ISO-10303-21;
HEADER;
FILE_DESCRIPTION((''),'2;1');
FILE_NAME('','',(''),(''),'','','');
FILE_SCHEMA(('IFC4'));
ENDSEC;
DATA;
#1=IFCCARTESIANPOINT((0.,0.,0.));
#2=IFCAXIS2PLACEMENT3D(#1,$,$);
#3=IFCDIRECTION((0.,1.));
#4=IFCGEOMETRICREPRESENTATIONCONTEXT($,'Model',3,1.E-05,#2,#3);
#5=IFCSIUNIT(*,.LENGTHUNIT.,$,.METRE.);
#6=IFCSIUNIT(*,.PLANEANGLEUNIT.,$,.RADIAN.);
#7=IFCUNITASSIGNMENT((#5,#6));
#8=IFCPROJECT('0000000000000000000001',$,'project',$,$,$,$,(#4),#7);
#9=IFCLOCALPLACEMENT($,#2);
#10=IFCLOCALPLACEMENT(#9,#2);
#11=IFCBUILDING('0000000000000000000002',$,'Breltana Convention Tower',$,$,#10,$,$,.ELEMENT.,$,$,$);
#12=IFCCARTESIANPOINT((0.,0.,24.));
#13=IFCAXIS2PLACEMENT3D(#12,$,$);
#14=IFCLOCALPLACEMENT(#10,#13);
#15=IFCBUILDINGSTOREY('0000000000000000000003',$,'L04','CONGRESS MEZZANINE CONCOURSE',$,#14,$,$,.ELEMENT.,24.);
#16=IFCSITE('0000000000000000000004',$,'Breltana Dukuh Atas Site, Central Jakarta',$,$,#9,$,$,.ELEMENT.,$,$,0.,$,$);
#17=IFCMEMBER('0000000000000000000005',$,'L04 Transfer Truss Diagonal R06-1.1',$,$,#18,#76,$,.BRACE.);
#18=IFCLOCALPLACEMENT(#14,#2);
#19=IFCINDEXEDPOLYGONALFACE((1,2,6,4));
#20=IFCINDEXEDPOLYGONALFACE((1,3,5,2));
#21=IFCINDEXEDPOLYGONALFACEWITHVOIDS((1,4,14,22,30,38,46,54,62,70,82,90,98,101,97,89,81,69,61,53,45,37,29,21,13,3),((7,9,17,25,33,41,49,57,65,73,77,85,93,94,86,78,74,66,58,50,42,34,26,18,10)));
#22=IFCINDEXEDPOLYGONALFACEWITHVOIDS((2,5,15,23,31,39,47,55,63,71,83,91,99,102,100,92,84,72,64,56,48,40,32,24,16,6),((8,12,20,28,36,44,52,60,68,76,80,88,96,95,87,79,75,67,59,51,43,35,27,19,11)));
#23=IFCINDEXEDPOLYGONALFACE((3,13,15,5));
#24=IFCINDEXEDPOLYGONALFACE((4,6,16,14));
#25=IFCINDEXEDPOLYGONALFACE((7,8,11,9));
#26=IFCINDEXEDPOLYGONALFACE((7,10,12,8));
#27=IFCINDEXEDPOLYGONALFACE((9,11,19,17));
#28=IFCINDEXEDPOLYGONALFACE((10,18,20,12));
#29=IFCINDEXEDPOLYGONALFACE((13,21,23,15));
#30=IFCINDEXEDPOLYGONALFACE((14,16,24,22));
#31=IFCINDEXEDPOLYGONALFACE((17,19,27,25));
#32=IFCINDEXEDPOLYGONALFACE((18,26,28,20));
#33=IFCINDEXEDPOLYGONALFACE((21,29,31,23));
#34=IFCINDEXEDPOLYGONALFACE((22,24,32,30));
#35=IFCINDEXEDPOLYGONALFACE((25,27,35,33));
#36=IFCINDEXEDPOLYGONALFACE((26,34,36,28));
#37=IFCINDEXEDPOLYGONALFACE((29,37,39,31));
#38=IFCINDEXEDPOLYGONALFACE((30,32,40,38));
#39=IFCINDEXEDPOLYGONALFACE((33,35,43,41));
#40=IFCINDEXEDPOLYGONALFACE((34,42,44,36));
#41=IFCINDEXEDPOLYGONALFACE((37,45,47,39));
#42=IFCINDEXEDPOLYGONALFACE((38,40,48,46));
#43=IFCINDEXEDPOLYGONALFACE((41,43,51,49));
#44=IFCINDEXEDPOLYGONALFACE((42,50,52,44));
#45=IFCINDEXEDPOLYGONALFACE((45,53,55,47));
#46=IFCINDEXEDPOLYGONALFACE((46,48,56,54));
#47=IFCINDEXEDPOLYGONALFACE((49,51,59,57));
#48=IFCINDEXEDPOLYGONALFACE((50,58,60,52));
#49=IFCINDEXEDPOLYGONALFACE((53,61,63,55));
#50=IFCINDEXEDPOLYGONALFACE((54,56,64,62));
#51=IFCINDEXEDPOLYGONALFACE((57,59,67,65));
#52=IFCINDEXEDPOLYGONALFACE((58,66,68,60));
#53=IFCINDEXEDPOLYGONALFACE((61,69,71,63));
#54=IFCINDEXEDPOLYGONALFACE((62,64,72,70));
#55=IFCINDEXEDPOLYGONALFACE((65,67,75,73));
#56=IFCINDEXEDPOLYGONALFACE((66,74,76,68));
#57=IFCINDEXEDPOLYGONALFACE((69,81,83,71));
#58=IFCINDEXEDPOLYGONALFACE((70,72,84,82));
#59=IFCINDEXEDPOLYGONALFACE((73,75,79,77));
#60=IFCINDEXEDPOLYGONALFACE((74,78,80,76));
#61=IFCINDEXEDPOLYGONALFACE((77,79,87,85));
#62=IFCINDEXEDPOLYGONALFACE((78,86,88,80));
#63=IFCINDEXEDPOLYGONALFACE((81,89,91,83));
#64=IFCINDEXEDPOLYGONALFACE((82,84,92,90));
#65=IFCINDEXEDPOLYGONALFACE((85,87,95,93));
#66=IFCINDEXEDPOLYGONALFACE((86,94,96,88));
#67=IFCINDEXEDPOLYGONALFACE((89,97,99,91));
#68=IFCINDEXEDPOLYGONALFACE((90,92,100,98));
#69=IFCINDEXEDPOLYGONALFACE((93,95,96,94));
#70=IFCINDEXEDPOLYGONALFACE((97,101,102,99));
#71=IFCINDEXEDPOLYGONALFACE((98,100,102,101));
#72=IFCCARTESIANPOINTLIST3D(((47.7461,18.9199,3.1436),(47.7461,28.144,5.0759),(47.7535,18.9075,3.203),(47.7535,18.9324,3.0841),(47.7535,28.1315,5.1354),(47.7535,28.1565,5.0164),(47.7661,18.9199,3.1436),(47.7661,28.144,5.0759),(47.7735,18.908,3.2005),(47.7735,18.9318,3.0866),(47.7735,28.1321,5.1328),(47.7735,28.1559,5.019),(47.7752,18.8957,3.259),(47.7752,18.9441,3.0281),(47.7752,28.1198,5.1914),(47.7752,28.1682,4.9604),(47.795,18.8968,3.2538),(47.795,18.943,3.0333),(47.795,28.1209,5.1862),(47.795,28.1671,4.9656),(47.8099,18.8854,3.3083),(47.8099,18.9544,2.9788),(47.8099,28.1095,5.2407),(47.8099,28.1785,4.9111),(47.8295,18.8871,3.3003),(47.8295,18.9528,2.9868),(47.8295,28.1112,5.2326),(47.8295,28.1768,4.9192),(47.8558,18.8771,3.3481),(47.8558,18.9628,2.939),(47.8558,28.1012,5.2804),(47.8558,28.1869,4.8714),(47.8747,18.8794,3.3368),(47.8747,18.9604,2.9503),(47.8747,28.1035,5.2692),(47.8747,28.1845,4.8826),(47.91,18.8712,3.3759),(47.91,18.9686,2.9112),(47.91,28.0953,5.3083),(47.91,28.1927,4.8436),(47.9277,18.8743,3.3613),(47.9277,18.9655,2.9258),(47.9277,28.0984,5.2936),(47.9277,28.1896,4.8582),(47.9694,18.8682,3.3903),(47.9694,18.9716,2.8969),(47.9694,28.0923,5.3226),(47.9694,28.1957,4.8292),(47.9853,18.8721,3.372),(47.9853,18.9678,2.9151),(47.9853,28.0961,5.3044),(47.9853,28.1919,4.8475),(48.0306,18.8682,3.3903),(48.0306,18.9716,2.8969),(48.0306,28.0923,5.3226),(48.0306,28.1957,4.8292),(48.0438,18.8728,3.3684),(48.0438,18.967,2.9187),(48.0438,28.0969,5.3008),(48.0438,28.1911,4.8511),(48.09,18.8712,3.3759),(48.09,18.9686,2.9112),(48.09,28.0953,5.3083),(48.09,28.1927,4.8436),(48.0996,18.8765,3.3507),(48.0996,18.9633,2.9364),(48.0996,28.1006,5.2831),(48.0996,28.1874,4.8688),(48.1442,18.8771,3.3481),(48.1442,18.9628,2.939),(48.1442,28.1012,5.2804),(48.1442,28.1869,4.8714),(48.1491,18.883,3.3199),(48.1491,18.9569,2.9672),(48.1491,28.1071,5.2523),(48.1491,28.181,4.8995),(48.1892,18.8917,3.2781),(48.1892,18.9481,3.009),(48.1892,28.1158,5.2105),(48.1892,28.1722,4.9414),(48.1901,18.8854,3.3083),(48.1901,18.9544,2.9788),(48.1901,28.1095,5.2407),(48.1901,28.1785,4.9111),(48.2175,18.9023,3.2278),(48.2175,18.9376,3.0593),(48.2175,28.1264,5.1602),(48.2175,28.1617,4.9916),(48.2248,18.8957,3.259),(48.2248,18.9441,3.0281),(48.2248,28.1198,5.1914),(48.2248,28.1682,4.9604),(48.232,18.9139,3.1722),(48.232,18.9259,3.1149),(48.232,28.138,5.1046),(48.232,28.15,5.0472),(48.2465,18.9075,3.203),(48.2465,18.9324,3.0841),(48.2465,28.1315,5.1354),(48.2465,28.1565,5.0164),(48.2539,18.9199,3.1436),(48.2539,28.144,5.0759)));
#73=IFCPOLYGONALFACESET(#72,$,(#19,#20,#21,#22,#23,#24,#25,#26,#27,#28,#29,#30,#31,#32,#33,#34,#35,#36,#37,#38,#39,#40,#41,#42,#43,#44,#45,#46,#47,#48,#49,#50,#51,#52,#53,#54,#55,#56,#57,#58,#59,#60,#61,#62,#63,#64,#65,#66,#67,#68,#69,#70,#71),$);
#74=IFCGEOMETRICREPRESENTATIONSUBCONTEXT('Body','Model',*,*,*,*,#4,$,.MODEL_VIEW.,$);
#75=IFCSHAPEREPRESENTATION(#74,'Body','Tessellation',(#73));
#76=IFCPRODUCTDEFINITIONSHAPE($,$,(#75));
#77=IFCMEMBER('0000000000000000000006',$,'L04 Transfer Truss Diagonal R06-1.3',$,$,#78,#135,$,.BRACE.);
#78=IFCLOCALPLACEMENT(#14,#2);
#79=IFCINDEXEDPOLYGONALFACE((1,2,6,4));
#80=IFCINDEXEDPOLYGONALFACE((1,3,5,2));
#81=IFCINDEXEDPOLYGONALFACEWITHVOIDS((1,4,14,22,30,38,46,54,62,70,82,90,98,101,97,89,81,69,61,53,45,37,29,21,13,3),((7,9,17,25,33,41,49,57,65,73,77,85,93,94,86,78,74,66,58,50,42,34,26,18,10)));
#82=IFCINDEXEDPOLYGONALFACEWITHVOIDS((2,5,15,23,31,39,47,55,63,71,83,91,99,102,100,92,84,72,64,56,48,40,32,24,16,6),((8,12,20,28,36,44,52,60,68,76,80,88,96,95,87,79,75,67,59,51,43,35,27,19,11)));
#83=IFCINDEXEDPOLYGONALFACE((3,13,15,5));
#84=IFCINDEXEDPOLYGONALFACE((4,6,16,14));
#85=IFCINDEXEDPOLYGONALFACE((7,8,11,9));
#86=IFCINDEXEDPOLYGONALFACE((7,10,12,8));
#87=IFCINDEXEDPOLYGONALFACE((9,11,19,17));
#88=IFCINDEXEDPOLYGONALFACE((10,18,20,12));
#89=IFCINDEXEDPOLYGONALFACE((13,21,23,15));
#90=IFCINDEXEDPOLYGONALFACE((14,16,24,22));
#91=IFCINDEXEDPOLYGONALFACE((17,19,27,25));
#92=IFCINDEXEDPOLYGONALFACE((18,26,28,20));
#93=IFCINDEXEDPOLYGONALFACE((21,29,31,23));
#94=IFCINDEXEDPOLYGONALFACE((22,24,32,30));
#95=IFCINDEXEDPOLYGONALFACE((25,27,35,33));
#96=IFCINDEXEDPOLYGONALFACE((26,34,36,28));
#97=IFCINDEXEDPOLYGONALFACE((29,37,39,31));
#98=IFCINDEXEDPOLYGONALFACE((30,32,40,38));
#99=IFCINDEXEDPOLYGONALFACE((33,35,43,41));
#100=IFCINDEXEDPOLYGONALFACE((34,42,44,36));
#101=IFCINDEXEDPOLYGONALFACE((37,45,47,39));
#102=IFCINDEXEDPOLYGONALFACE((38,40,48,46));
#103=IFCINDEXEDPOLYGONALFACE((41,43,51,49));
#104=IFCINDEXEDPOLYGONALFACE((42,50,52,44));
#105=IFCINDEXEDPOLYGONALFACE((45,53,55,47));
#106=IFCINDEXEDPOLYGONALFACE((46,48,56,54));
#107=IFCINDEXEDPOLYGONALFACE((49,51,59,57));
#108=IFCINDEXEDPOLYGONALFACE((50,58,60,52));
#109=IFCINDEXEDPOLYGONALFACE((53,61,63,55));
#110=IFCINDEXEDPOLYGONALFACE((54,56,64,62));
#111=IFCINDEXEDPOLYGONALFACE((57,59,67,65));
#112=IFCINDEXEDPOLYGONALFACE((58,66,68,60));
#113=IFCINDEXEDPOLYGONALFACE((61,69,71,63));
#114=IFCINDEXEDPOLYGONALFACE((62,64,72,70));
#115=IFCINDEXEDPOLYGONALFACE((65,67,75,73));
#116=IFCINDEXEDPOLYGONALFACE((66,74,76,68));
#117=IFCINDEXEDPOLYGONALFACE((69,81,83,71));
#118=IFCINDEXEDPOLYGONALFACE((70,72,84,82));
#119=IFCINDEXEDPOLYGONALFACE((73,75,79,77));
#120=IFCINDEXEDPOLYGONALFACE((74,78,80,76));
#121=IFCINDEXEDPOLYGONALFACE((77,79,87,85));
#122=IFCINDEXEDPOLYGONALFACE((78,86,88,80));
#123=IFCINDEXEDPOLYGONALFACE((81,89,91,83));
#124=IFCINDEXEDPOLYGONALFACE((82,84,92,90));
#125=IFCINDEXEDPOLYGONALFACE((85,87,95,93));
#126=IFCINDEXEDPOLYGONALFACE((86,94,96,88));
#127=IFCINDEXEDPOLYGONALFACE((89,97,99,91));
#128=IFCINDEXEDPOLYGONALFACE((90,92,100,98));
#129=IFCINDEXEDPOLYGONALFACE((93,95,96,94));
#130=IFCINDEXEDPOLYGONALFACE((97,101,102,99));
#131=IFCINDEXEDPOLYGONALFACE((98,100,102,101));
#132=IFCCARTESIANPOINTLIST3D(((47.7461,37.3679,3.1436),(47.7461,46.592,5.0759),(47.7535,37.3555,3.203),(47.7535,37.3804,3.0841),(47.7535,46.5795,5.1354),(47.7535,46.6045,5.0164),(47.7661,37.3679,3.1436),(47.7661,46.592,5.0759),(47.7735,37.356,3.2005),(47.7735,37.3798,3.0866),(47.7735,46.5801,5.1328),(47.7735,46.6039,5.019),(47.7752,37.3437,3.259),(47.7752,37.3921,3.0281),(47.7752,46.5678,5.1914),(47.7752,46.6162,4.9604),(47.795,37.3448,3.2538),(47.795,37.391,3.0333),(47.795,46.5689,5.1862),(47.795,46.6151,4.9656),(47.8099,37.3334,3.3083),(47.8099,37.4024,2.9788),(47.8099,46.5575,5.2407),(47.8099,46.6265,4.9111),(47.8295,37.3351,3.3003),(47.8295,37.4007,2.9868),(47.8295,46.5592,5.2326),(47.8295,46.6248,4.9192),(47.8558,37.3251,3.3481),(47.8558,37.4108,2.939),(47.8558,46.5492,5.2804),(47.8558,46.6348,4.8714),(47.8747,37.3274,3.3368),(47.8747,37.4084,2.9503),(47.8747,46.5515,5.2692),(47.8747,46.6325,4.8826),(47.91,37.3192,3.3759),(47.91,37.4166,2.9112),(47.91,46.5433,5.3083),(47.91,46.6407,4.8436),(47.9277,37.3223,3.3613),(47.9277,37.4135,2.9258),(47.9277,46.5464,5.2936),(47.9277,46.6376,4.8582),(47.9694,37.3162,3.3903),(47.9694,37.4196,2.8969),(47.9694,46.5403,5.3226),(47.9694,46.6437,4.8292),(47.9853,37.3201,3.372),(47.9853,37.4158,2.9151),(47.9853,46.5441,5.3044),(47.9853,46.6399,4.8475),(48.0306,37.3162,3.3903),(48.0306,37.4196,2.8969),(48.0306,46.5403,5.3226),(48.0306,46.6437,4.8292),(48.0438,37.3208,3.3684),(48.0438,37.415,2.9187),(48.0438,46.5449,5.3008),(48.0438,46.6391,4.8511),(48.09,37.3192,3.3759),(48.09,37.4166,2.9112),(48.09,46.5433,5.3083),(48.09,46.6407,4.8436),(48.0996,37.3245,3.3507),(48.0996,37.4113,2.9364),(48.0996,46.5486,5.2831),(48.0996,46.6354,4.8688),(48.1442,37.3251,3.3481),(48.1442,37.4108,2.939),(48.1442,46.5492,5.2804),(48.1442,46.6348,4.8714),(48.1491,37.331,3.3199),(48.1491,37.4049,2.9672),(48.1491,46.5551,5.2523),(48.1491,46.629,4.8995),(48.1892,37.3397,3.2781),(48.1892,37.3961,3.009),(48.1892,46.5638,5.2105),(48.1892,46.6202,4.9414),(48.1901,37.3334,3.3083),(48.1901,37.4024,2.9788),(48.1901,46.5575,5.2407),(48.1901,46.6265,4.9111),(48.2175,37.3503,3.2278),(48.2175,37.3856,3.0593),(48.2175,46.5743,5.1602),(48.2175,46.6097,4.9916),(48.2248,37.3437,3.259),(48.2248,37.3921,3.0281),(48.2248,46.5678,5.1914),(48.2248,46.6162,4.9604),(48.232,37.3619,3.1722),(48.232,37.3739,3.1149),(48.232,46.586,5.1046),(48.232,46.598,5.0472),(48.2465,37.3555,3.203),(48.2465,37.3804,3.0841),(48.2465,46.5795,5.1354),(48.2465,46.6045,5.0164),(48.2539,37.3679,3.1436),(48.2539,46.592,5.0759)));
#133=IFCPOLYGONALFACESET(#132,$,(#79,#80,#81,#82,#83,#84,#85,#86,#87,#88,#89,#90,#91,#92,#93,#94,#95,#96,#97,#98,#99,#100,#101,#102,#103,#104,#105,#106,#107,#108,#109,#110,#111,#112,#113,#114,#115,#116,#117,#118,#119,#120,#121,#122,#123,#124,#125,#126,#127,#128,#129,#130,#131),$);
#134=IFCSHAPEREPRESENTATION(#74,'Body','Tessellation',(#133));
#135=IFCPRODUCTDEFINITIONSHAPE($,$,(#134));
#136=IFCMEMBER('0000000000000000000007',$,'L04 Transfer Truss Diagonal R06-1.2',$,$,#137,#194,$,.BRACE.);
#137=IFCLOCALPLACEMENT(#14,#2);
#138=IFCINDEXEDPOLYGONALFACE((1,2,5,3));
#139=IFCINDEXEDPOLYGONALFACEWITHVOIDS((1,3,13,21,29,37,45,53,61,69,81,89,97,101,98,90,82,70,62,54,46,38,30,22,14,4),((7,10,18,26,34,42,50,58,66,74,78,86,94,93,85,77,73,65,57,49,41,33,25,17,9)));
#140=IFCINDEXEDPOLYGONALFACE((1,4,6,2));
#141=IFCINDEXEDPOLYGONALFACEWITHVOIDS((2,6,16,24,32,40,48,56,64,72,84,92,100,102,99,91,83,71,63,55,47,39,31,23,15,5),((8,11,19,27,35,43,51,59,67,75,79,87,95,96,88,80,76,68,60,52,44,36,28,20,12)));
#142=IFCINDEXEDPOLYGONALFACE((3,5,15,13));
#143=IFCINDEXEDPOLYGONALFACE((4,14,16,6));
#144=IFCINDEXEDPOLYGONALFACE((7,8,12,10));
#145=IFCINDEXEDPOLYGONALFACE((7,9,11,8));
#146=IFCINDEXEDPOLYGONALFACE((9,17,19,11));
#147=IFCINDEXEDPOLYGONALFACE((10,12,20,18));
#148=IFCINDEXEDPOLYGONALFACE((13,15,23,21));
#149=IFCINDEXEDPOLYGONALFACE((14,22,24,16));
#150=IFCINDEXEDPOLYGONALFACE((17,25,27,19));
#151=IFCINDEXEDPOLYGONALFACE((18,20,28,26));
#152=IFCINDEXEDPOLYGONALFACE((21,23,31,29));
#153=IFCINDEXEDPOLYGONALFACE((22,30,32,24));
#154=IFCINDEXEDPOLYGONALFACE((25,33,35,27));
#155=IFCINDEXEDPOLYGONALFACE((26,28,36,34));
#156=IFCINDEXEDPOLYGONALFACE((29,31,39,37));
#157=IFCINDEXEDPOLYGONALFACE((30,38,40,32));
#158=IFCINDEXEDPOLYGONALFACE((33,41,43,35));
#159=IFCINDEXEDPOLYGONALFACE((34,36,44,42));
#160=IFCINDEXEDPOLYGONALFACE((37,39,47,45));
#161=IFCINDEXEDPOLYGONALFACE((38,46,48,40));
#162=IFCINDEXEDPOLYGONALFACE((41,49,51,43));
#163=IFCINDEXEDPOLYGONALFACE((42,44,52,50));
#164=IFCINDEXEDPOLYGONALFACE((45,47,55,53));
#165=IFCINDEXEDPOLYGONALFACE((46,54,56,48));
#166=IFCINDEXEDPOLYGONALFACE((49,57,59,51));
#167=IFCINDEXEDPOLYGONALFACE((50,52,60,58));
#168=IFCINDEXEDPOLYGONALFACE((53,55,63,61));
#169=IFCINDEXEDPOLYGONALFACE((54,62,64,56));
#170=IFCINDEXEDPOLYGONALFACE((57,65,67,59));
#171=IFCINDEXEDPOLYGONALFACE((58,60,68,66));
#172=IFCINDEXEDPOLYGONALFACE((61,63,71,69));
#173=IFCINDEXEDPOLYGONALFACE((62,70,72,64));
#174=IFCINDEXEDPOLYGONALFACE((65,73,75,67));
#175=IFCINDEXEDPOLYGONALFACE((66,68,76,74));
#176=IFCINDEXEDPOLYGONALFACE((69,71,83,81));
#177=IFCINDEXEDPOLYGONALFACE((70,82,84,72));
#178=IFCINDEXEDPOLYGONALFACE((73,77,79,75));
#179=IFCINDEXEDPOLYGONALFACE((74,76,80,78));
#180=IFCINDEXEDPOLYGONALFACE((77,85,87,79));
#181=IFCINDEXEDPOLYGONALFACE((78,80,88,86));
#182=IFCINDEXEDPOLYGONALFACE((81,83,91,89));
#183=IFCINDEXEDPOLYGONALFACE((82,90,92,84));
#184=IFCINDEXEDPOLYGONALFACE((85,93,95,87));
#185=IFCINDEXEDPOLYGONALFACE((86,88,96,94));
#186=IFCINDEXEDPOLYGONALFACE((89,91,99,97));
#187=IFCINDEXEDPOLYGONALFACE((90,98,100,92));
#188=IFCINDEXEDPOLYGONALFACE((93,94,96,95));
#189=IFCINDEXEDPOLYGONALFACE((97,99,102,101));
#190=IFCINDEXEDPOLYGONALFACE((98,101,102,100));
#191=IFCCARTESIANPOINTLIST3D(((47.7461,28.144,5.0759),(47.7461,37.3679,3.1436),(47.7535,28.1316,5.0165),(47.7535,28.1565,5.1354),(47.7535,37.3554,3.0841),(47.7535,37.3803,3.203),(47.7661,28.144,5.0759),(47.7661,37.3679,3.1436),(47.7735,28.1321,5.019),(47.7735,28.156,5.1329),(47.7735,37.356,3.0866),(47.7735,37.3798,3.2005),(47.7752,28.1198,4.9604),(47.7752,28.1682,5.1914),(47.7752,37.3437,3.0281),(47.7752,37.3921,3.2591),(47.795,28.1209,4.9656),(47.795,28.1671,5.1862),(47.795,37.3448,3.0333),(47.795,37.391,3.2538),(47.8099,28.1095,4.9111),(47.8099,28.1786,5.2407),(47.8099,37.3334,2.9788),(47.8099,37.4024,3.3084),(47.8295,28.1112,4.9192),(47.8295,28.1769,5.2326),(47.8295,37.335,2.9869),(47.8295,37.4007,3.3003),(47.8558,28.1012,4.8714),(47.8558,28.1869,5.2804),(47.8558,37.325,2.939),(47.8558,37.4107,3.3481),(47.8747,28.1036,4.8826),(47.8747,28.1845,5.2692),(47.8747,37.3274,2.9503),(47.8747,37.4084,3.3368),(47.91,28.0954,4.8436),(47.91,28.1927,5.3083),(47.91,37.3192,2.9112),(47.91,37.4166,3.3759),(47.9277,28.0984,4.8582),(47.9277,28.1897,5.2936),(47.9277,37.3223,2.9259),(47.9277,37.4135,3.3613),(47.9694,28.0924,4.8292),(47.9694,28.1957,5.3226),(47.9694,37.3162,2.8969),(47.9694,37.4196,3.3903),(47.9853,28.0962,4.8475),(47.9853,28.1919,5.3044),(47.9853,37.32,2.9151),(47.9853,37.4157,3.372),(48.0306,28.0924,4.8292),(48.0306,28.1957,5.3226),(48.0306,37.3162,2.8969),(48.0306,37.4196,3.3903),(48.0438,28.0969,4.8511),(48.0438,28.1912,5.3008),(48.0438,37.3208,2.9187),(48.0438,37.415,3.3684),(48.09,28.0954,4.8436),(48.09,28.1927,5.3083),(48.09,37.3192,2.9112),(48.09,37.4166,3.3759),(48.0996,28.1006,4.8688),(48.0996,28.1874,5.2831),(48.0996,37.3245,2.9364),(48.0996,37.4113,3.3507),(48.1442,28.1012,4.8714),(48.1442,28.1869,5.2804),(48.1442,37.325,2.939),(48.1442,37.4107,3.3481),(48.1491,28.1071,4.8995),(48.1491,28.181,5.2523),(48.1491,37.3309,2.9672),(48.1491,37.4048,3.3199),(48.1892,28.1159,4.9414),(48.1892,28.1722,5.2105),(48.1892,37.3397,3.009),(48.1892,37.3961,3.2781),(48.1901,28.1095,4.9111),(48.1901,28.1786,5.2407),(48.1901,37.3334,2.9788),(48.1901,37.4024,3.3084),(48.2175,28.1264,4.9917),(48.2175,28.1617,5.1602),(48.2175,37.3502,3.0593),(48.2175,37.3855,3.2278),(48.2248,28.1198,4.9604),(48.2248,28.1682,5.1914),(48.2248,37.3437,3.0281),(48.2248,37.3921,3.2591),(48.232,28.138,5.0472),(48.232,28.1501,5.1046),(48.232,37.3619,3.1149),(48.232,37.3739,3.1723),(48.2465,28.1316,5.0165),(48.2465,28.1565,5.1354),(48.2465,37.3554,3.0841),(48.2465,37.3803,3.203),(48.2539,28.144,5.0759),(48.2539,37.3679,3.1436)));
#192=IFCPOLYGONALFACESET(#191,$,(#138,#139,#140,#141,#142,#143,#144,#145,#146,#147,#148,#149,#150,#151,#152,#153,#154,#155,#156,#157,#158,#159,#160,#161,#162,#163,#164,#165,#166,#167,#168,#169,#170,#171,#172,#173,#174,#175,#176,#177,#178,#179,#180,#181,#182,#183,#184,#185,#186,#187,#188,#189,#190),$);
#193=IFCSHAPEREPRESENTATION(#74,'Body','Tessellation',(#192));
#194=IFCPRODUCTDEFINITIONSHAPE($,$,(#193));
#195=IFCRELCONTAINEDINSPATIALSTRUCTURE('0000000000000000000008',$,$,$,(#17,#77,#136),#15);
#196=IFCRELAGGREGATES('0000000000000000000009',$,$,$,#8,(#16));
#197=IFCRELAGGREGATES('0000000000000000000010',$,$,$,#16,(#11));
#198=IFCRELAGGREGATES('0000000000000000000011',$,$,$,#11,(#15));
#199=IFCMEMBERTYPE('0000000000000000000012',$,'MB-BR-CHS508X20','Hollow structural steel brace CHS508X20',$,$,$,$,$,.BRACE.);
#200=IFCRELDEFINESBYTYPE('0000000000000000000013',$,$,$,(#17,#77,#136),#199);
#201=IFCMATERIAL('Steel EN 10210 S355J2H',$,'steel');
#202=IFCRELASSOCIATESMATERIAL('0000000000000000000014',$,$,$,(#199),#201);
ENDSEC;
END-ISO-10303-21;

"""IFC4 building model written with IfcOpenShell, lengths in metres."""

from ifc_helpers import new_model, si_unit, direction, frame, origin, origin_2d, place, context, subcontext, project, spatial, hollow_circle, extrude, source, transform, mapped, material, material_profile, profile_set, type_object, element, save


model = new_model("IFC4")

# Units and contexts
model_context = context("Model", 3, precision=1e-05, world=origin(), true_north=direction((0.0, 1.0)))
body_context = subcontext(model_context, "Body", "Model", "MODEL_VIEW")
ifc_project = project(units=[si_unit("LENGTHUNIT", "METRE"), si_unit("PLANEANGLEUNIT", "RADIAN")], contexts=[model_context])

# Site, building, storey
site_placement = place(None, origin())
site = spatial("IfcSite", under=ifc_project, at=site_placement, Name="Breltana Dukuh Atas Site, Central Jakarta", CompositionType="ELEMENT", RefElevation=0.0)
building_placement = place(site_placement, origin())
building = spatial("IfcBuilding", under=site, at=building_placement, Name="Breltana Convention Tower", CompositionType="ELEMENT")
storey_placement = place(building_placement, frame((0.0, 0.0, 24.0)))
storey = spatial("IfcBuildingStorey", under=building, at=storey_placement, Name="L04", Description="CONGRESS MEZZANINE CONCOURSE", CompositionType="ELEMENT", Elevation=24.0)

# Shared definitions
ifc_material_1 = material(Name="Steel EN 10210 S355J2H", Category="steel")
ifc_material_profile_1 = material_profile(ifc_material_1, hollow_circle(Radius=0.2539, WallThickness=0.02, at=origin_2d()), Name="CHS508X20")
ifc_profile_set_1 = profile_set([ifc_material_profile_1], Name="Steel EN 10210 S355J2H")
member_type = type_object("IfcMemberType", Name="MB-BR-CHS508X20", Description="Hollow structural steel brace CHS508X20", PredefinedType="BRACE", material=ifc_profile_set_1)

# Members
shared_shape_1 = source(origin(), body_context, "Body", "SweptSolid", [
    extrude(hollow_circle(Radius=0.2539, WallThickness=0.02, at=origin_2d()), origin(), (0.0, 0.0, 1.0), 9.4243),
])
for number, where, z_axis, x_axis, name in (
    (1, (48.0, 18.9199, 3.1436), (0.0, 0.978754, 0.20504), (-1.0, 0.0, 0.0), "L04 Transfer Truss Diagonal R06-1.1"),
    (2, (48.0, 37.3679, 3.1436), (0.0, 0.978754, 0.20504), (-1.0, 0.0, 0.0), "L04 Transfer Truss Diagonal R06-1.3"),
):
    element("IfcMember", number, at=place(storey_placement, frame(where, z_axis=z_axis, x_axis=x_axis)), inside=storey, type_object=member_type, Name=name, PredefinedType="BRACE", context=body_context, shape_type="MappedRepresentation", body=[
        mapped(shared_shape_1, transform((0.0, 0.0, 0.0), scale=1.0)),
    ])
shared_shape_2 = source(origin(), body_context, "Body", "SweptSolid", [
    extrude(hollow_circle(Radius=0.2539, WallThickness=0.02, at=origin_2d()), origin(), (0.0, 0.0, 1.0), 9.4241),
])
member_1_placement = place(storey_placement, frame((48.0, 28.144, 5.0759), z_axis=(0.0, 0.978752, -0.205046), x_axis=(-1.0, 0.0, 0.0)))
element("IfcMember", 3, at=member_1_placement, inside=storey, type_object=member_type, Name="L04 Transfer Truss Diagonal R06-1.2", PredefinedType="BRACE", context=body_context, shape_type="MappedRepresentation", body=[
    mapped(shared_shape_2, transform((0.0, 0.0, 0.0), scale=1.0)),
])

save(model, "model.ifc")
